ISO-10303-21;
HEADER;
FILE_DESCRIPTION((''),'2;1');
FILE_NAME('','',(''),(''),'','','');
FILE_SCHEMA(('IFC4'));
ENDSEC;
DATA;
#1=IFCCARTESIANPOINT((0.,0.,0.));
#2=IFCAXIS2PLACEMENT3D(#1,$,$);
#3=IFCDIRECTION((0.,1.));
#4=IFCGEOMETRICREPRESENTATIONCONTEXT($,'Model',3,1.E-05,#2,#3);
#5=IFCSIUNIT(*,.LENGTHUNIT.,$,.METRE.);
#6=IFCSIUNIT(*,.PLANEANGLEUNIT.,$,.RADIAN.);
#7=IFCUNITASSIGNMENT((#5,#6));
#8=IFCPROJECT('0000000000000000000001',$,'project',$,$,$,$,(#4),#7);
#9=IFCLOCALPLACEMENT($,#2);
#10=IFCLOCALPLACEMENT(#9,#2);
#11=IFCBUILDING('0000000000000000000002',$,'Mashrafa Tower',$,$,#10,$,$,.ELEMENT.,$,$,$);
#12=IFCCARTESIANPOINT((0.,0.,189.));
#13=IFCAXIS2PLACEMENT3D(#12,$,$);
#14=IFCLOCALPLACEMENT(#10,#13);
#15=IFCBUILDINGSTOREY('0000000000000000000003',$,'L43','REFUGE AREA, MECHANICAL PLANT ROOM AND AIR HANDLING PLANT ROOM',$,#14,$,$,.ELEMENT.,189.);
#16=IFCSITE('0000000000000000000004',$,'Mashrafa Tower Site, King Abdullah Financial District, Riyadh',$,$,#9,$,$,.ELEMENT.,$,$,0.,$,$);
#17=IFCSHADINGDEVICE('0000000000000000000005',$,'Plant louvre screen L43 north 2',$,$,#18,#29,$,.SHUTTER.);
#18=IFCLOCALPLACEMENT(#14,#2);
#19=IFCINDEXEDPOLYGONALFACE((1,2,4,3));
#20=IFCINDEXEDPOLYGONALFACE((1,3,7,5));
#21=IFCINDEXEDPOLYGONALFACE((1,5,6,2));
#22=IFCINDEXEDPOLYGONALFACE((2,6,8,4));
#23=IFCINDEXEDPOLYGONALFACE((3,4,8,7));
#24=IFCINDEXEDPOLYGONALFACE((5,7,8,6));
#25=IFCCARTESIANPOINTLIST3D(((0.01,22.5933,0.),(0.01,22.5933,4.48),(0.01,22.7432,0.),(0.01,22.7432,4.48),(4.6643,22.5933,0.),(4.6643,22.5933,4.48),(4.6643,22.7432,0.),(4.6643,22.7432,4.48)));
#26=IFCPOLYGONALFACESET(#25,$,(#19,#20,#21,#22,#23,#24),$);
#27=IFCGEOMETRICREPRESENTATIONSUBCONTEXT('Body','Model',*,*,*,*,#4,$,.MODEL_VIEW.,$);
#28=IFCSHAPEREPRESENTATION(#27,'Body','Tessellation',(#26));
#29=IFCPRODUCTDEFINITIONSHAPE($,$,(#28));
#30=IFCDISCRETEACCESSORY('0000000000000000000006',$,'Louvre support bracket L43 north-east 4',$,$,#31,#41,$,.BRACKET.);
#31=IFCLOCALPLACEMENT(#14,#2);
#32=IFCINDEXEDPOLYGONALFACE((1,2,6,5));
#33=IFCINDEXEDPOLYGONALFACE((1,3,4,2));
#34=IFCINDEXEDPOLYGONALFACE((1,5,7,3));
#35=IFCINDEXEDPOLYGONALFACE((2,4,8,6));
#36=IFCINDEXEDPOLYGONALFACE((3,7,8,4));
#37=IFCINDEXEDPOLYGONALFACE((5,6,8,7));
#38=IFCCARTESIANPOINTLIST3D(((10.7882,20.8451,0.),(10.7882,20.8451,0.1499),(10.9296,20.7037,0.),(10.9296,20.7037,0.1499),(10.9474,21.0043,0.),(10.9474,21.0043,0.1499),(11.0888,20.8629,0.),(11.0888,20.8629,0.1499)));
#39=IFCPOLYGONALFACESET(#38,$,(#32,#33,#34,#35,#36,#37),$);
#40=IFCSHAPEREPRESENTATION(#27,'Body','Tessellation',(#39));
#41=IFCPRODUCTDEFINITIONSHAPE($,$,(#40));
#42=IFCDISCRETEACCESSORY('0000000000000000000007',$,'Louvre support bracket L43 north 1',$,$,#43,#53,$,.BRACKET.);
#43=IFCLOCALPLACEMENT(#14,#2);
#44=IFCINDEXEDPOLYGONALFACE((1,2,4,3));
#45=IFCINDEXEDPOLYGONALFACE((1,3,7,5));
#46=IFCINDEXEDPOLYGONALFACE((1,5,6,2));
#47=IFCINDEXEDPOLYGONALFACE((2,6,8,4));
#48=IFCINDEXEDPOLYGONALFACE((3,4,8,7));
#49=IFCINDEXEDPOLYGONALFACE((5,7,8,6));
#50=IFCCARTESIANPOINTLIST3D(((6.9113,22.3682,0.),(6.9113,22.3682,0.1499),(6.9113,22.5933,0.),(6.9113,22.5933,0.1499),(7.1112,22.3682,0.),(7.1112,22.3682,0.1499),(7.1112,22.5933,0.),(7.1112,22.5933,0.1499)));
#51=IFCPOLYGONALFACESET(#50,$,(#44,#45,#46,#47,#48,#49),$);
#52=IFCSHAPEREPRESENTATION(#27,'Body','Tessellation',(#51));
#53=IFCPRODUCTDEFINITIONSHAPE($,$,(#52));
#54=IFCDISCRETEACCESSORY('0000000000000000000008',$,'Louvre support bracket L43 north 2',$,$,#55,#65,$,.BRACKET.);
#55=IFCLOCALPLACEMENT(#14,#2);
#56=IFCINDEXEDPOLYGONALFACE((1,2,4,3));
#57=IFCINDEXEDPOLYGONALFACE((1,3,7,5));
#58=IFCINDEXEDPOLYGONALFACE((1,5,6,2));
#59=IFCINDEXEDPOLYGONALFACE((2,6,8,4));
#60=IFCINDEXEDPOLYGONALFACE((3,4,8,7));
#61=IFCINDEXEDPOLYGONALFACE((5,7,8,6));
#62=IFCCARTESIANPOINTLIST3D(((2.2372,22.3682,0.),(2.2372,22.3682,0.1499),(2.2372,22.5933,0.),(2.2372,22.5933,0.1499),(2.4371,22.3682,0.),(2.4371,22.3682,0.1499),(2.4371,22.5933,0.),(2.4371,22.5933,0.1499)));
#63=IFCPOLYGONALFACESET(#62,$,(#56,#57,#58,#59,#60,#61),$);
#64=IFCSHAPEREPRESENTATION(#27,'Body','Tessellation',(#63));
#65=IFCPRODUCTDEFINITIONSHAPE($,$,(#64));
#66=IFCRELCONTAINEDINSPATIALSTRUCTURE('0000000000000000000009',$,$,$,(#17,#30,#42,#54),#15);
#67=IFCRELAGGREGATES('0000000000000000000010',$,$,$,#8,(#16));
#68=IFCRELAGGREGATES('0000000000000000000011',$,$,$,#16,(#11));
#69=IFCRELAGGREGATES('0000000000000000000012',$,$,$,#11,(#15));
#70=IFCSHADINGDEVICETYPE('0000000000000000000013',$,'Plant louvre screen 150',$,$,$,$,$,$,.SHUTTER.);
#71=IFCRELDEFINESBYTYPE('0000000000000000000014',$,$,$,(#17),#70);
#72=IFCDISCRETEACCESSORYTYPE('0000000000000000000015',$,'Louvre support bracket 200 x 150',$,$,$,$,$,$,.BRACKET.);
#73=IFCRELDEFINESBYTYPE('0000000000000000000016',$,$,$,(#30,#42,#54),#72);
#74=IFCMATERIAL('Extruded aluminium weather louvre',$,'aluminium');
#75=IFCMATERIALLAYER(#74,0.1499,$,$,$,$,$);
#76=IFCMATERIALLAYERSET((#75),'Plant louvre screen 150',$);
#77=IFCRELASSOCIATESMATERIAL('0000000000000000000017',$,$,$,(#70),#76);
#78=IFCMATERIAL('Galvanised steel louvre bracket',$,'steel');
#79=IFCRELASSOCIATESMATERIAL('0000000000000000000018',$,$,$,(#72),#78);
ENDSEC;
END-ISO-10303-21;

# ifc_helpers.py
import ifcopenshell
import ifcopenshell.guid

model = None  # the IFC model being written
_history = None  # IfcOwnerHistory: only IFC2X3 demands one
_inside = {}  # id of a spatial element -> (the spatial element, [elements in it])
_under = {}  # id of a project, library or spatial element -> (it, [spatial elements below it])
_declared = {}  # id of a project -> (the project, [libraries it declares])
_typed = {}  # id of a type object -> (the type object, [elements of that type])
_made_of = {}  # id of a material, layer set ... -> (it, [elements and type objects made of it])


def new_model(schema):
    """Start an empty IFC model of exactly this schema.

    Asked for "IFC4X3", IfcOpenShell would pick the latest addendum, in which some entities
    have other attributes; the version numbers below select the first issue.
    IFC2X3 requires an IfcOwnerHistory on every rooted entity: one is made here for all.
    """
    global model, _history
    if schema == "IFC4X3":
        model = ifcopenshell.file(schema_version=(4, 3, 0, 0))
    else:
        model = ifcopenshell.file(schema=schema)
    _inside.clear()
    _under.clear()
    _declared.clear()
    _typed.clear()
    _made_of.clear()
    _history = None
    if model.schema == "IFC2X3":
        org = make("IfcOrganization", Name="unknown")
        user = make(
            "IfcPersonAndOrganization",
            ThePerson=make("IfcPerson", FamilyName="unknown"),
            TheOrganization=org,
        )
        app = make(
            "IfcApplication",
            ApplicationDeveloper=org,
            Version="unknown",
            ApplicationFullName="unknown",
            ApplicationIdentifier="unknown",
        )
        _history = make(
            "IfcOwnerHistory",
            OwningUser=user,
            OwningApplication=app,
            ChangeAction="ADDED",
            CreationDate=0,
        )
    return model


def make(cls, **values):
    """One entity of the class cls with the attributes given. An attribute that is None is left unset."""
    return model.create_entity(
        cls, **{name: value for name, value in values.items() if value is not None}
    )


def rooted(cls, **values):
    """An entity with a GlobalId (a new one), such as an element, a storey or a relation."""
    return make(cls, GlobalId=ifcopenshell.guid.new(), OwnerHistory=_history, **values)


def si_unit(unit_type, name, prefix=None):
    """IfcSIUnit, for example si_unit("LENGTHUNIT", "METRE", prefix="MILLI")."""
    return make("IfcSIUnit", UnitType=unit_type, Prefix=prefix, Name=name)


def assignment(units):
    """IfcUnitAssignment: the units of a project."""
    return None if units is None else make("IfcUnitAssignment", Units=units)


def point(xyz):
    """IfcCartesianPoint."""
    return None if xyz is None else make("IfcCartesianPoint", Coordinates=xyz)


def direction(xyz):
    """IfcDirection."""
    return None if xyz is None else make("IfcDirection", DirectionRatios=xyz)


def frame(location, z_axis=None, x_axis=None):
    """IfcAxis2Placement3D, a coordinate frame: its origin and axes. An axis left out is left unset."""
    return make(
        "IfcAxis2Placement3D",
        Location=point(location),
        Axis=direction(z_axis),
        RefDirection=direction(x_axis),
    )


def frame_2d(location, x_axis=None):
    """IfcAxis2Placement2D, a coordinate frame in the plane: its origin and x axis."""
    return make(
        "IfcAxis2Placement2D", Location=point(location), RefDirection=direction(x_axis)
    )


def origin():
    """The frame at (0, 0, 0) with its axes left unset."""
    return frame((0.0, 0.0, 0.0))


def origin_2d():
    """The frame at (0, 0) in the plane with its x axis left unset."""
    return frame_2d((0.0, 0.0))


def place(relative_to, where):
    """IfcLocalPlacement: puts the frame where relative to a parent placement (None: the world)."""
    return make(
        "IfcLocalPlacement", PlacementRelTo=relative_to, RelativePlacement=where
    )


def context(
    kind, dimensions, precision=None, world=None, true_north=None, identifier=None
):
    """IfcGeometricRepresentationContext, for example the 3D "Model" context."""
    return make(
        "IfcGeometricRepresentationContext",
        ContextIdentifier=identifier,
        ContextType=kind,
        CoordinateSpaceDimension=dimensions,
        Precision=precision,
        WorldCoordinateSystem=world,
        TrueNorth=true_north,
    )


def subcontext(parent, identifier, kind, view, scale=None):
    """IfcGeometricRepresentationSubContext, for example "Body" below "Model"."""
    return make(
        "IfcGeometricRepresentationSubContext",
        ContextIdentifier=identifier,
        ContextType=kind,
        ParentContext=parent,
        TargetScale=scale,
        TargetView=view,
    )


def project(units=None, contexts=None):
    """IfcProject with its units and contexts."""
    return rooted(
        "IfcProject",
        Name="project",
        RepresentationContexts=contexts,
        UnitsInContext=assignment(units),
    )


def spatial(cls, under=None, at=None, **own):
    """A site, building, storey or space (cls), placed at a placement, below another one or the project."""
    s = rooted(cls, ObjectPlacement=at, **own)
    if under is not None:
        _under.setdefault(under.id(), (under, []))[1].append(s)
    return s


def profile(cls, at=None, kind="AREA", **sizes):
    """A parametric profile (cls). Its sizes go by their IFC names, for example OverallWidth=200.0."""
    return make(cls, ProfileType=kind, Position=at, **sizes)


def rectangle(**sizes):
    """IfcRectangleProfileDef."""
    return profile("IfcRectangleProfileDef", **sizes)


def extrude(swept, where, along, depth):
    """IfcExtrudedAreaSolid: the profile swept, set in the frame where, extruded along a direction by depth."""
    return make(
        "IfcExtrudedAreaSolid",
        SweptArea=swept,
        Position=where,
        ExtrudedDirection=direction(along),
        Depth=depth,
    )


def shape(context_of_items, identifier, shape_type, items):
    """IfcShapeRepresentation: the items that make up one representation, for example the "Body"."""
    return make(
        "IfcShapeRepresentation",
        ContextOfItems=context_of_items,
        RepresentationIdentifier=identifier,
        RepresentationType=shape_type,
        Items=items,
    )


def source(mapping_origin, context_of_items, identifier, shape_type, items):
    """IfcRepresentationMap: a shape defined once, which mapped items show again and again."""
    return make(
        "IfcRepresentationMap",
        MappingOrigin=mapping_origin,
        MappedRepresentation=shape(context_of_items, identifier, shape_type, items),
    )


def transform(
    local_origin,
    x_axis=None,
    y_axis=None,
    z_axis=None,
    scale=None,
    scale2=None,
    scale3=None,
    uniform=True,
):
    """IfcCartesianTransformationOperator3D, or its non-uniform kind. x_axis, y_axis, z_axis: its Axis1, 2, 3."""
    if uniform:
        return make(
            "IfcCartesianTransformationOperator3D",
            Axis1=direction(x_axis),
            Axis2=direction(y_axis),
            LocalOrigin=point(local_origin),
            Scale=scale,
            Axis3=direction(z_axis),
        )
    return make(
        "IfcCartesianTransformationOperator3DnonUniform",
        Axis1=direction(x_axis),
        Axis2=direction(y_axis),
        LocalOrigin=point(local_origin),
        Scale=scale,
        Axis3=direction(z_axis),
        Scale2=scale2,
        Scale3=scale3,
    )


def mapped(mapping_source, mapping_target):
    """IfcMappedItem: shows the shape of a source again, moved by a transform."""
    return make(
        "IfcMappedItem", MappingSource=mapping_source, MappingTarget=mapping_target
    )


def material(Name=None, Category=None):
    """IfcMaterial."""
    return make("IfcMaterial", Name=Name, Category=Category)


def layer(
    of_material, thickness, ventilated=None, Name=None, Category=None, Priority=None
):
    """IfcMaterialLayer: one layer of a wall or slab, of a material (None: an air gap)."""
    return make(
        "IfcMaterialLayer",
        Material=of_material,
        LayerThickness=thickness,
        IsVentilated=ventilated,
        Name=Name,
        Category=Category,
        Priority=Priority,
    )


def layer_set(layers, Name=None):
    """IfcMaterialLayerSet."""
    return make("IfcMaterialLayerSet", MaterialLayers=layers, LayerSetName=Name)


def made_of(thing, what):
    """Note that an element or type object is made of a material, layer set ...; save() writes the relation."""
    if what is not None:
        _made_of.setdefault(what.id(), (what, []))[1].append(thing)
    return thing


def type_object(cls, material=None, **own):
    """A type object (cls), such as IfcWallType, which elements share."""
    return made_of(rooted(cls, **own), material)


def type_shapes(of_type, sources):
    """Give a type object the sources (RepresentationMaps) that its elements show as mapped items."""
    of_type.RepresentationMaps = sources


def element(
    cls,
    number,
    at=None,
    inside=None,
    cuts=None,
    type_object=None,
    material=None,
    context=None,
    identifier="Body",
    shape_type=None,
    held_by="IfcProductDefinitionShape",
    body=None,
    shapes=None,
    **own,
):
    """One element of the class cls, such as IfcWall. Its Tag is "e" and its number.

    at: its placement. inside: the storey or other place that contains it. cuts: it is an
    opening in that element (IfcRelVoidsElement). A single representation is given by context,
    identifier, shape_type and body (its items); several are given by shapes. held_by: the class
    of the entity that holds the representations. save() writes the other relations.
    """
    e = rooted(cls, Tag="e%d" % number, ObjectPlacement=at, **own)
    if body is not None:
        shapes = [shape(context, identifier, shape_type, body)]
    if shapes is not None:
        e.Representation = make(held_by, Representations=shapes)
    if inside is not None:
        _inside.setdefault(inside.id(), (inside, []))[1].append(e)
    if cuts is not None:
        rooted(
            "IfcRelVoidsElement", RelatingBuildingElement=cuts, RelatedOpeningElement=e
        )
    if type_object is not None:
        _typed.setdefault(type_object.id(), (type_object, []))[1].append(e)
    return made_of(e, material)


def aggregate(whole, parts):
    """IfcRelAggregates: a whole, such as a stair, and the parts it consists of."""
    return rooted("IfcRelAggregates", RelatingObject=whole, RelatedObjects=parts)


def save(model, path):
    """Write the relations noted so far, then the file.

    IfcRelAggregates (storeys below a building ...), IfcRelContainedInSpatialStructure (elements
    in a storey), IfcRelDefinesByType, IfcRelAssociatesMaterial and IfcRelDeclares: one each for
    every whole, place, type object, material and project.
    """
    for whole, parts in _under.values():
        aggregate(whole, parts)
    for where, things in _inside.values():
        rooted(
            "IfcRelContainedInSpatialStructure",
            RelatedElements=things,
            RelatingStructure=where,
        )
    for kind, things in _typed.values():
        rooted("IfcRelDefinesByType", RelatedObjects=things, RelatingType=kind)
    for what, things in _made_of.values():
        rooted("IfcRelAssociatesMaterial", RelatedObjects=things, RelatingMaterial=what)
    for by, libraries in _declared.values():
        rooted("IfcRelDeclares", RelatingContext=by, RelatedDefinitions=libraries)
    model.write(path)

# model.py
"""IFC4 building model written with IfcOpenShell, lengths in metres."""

from ifc_helpers import new_model, si_unit, direction, frame, origin, origin_2d, place, context, subcontext, project, spatial, rectangle, extrude, source, transform, mapped, material, layer, layer_set, type_object, type_shapes, element, save


model = new_model("IFC4")

# Units and contexts
model_context = context("Model", 3, precision=1e-05, world=origin(), true_north=direction((0.0, 1.0)))
body_context = subcontext(model_context, "Body", "Model", "MODEL_VIEW")
ifc_project = project(units=[si_unit("LENGTHUNIT", "METRE"), si_unit("PLANEANGLEUNIT", "RADIAN")], contexts=[model_context])

# Site, building, storey
site_placement = place(None, origin())
site = spatial("IfcSite", under=ifc_project, at=site_placement, Name="Mashrafa Tower Site, King Abdullah Financial District, Riyadh", CompositionType="ELEMENT", RefElevation=0.0)
building_placement = place(site_placement, origin())
building = spatial("IfcBuilding", under=site, at=building_placement, Name="Mashrafa Tower", CompositionType="ELEMENT")
storey_placement = place(building_placement, frame((0.0, 0.0, 189.0)))
storey = spatial("IfcBuildingStorey", under=building, at=storey_placement, Name="L43", Description="REFUGE AREA, MECHANICAL PLANT ROOM AND AIR HANDLING PLANT ROOM", CompositionType="ELEMENT", Elevation=189.0)

# Shading device
ifc_material_1 = material(Name="Extruded aluminium weather louvre", Category="aluminium")
ifc_layer = layer(ifc_material_1, 0.1499)
ifc_layer_set = layer_set([ifc_layer], Name="Plant louvre screen 150")
shading_device_type = type_object("IfcShadingDeviceType", Name="Plant louvre screen 150", PredefinedType="SHUTTER", material=ifc_layer_set)
shared_shape_1 = source(origin(), body_context, "Body", "SweptSolid", [
    extrude(rectangle(XDim=4.6543, YDim=0.1499, at=origin_2d()), origin(), (0.0, 0.0, 1.0), 4.48),
])
type_shapes(shading_device_type, [shared_shape_1])
for number, where, z_axis, x_axis, name in (
    (1, (2.3372, 22.6682, 0.0), (0.0, 0.0, 1.0), (-1.0, 0.0, 0.0), "Plant louvre screen L43 north 2"),
):
    element("IfcShadingDevice", number, at=place(storey_placement, frame(where, z_axis=z_axis, x_axis=x_axis)), inside=storey, type_object=shading_device_type, Name=name, PredefinedType="SHUTTER", context=body_context, shape_type="MappedRepresentation", body=[
        mapped(shared_shape_1, transform((0.0, 0.0, 0.0))),
    ])

# Discrete accessories
ifc_material_2 = material(Name="Galvanised steel louvre bracket", Category="steel")
discrete_accessory_type = type_object("IfcDiscreteAccessoryType", Name="Louvre support bracket 200 x 150", PredefinedType="BRACKET", material=ifc_material_2)
shared_shape_2 = source(origin(), body_context, "Body", "SweptSolid", [
    extrude(rectangle(XDim=0.2, YDim=0.2251, at=origin_2d()), origin(), (0.0, 0.0, 1.0), 0.1499),
])
type_shapes(discrete_accessory_type, [shared_shape_2])
for number, where, z_axis, x_axis, name in (
    (2, (10.9385, 20.854, 0.0), (0.0, 0.0, 1.0), (-0.707107, 0.707107, 0.0), "Louvre support bracket L43 north-east 4"),
    (3, (7.0112, 22.4807, 0.0), (0.0, 0.0, 1.0), (-1.0, 0.0, 0.0), "Louvre support bracket L43 north 1"),
    (4, (2.3372, 22.4807, 0.0), (0.0, 0.0, 1.0), (-1.0, 0.0, 0.0), "Louvre support bracket L43 north 2"),
):
    element("IfcDiscreteAccessory", number, at=place(storey_placement, frame(where, z_axis=z_axis, x_axis=x_axis)), inside=storey, type_object=discrete_accessory_type, Name=name, PredefinedType="BRACKET", context=body_context, shape_type="MappedRepresentation", body=[
        mapped(shared_shape_2, transform((0.0, 0.0, 0.0))),
    ])

save(model, "model.ifc")
